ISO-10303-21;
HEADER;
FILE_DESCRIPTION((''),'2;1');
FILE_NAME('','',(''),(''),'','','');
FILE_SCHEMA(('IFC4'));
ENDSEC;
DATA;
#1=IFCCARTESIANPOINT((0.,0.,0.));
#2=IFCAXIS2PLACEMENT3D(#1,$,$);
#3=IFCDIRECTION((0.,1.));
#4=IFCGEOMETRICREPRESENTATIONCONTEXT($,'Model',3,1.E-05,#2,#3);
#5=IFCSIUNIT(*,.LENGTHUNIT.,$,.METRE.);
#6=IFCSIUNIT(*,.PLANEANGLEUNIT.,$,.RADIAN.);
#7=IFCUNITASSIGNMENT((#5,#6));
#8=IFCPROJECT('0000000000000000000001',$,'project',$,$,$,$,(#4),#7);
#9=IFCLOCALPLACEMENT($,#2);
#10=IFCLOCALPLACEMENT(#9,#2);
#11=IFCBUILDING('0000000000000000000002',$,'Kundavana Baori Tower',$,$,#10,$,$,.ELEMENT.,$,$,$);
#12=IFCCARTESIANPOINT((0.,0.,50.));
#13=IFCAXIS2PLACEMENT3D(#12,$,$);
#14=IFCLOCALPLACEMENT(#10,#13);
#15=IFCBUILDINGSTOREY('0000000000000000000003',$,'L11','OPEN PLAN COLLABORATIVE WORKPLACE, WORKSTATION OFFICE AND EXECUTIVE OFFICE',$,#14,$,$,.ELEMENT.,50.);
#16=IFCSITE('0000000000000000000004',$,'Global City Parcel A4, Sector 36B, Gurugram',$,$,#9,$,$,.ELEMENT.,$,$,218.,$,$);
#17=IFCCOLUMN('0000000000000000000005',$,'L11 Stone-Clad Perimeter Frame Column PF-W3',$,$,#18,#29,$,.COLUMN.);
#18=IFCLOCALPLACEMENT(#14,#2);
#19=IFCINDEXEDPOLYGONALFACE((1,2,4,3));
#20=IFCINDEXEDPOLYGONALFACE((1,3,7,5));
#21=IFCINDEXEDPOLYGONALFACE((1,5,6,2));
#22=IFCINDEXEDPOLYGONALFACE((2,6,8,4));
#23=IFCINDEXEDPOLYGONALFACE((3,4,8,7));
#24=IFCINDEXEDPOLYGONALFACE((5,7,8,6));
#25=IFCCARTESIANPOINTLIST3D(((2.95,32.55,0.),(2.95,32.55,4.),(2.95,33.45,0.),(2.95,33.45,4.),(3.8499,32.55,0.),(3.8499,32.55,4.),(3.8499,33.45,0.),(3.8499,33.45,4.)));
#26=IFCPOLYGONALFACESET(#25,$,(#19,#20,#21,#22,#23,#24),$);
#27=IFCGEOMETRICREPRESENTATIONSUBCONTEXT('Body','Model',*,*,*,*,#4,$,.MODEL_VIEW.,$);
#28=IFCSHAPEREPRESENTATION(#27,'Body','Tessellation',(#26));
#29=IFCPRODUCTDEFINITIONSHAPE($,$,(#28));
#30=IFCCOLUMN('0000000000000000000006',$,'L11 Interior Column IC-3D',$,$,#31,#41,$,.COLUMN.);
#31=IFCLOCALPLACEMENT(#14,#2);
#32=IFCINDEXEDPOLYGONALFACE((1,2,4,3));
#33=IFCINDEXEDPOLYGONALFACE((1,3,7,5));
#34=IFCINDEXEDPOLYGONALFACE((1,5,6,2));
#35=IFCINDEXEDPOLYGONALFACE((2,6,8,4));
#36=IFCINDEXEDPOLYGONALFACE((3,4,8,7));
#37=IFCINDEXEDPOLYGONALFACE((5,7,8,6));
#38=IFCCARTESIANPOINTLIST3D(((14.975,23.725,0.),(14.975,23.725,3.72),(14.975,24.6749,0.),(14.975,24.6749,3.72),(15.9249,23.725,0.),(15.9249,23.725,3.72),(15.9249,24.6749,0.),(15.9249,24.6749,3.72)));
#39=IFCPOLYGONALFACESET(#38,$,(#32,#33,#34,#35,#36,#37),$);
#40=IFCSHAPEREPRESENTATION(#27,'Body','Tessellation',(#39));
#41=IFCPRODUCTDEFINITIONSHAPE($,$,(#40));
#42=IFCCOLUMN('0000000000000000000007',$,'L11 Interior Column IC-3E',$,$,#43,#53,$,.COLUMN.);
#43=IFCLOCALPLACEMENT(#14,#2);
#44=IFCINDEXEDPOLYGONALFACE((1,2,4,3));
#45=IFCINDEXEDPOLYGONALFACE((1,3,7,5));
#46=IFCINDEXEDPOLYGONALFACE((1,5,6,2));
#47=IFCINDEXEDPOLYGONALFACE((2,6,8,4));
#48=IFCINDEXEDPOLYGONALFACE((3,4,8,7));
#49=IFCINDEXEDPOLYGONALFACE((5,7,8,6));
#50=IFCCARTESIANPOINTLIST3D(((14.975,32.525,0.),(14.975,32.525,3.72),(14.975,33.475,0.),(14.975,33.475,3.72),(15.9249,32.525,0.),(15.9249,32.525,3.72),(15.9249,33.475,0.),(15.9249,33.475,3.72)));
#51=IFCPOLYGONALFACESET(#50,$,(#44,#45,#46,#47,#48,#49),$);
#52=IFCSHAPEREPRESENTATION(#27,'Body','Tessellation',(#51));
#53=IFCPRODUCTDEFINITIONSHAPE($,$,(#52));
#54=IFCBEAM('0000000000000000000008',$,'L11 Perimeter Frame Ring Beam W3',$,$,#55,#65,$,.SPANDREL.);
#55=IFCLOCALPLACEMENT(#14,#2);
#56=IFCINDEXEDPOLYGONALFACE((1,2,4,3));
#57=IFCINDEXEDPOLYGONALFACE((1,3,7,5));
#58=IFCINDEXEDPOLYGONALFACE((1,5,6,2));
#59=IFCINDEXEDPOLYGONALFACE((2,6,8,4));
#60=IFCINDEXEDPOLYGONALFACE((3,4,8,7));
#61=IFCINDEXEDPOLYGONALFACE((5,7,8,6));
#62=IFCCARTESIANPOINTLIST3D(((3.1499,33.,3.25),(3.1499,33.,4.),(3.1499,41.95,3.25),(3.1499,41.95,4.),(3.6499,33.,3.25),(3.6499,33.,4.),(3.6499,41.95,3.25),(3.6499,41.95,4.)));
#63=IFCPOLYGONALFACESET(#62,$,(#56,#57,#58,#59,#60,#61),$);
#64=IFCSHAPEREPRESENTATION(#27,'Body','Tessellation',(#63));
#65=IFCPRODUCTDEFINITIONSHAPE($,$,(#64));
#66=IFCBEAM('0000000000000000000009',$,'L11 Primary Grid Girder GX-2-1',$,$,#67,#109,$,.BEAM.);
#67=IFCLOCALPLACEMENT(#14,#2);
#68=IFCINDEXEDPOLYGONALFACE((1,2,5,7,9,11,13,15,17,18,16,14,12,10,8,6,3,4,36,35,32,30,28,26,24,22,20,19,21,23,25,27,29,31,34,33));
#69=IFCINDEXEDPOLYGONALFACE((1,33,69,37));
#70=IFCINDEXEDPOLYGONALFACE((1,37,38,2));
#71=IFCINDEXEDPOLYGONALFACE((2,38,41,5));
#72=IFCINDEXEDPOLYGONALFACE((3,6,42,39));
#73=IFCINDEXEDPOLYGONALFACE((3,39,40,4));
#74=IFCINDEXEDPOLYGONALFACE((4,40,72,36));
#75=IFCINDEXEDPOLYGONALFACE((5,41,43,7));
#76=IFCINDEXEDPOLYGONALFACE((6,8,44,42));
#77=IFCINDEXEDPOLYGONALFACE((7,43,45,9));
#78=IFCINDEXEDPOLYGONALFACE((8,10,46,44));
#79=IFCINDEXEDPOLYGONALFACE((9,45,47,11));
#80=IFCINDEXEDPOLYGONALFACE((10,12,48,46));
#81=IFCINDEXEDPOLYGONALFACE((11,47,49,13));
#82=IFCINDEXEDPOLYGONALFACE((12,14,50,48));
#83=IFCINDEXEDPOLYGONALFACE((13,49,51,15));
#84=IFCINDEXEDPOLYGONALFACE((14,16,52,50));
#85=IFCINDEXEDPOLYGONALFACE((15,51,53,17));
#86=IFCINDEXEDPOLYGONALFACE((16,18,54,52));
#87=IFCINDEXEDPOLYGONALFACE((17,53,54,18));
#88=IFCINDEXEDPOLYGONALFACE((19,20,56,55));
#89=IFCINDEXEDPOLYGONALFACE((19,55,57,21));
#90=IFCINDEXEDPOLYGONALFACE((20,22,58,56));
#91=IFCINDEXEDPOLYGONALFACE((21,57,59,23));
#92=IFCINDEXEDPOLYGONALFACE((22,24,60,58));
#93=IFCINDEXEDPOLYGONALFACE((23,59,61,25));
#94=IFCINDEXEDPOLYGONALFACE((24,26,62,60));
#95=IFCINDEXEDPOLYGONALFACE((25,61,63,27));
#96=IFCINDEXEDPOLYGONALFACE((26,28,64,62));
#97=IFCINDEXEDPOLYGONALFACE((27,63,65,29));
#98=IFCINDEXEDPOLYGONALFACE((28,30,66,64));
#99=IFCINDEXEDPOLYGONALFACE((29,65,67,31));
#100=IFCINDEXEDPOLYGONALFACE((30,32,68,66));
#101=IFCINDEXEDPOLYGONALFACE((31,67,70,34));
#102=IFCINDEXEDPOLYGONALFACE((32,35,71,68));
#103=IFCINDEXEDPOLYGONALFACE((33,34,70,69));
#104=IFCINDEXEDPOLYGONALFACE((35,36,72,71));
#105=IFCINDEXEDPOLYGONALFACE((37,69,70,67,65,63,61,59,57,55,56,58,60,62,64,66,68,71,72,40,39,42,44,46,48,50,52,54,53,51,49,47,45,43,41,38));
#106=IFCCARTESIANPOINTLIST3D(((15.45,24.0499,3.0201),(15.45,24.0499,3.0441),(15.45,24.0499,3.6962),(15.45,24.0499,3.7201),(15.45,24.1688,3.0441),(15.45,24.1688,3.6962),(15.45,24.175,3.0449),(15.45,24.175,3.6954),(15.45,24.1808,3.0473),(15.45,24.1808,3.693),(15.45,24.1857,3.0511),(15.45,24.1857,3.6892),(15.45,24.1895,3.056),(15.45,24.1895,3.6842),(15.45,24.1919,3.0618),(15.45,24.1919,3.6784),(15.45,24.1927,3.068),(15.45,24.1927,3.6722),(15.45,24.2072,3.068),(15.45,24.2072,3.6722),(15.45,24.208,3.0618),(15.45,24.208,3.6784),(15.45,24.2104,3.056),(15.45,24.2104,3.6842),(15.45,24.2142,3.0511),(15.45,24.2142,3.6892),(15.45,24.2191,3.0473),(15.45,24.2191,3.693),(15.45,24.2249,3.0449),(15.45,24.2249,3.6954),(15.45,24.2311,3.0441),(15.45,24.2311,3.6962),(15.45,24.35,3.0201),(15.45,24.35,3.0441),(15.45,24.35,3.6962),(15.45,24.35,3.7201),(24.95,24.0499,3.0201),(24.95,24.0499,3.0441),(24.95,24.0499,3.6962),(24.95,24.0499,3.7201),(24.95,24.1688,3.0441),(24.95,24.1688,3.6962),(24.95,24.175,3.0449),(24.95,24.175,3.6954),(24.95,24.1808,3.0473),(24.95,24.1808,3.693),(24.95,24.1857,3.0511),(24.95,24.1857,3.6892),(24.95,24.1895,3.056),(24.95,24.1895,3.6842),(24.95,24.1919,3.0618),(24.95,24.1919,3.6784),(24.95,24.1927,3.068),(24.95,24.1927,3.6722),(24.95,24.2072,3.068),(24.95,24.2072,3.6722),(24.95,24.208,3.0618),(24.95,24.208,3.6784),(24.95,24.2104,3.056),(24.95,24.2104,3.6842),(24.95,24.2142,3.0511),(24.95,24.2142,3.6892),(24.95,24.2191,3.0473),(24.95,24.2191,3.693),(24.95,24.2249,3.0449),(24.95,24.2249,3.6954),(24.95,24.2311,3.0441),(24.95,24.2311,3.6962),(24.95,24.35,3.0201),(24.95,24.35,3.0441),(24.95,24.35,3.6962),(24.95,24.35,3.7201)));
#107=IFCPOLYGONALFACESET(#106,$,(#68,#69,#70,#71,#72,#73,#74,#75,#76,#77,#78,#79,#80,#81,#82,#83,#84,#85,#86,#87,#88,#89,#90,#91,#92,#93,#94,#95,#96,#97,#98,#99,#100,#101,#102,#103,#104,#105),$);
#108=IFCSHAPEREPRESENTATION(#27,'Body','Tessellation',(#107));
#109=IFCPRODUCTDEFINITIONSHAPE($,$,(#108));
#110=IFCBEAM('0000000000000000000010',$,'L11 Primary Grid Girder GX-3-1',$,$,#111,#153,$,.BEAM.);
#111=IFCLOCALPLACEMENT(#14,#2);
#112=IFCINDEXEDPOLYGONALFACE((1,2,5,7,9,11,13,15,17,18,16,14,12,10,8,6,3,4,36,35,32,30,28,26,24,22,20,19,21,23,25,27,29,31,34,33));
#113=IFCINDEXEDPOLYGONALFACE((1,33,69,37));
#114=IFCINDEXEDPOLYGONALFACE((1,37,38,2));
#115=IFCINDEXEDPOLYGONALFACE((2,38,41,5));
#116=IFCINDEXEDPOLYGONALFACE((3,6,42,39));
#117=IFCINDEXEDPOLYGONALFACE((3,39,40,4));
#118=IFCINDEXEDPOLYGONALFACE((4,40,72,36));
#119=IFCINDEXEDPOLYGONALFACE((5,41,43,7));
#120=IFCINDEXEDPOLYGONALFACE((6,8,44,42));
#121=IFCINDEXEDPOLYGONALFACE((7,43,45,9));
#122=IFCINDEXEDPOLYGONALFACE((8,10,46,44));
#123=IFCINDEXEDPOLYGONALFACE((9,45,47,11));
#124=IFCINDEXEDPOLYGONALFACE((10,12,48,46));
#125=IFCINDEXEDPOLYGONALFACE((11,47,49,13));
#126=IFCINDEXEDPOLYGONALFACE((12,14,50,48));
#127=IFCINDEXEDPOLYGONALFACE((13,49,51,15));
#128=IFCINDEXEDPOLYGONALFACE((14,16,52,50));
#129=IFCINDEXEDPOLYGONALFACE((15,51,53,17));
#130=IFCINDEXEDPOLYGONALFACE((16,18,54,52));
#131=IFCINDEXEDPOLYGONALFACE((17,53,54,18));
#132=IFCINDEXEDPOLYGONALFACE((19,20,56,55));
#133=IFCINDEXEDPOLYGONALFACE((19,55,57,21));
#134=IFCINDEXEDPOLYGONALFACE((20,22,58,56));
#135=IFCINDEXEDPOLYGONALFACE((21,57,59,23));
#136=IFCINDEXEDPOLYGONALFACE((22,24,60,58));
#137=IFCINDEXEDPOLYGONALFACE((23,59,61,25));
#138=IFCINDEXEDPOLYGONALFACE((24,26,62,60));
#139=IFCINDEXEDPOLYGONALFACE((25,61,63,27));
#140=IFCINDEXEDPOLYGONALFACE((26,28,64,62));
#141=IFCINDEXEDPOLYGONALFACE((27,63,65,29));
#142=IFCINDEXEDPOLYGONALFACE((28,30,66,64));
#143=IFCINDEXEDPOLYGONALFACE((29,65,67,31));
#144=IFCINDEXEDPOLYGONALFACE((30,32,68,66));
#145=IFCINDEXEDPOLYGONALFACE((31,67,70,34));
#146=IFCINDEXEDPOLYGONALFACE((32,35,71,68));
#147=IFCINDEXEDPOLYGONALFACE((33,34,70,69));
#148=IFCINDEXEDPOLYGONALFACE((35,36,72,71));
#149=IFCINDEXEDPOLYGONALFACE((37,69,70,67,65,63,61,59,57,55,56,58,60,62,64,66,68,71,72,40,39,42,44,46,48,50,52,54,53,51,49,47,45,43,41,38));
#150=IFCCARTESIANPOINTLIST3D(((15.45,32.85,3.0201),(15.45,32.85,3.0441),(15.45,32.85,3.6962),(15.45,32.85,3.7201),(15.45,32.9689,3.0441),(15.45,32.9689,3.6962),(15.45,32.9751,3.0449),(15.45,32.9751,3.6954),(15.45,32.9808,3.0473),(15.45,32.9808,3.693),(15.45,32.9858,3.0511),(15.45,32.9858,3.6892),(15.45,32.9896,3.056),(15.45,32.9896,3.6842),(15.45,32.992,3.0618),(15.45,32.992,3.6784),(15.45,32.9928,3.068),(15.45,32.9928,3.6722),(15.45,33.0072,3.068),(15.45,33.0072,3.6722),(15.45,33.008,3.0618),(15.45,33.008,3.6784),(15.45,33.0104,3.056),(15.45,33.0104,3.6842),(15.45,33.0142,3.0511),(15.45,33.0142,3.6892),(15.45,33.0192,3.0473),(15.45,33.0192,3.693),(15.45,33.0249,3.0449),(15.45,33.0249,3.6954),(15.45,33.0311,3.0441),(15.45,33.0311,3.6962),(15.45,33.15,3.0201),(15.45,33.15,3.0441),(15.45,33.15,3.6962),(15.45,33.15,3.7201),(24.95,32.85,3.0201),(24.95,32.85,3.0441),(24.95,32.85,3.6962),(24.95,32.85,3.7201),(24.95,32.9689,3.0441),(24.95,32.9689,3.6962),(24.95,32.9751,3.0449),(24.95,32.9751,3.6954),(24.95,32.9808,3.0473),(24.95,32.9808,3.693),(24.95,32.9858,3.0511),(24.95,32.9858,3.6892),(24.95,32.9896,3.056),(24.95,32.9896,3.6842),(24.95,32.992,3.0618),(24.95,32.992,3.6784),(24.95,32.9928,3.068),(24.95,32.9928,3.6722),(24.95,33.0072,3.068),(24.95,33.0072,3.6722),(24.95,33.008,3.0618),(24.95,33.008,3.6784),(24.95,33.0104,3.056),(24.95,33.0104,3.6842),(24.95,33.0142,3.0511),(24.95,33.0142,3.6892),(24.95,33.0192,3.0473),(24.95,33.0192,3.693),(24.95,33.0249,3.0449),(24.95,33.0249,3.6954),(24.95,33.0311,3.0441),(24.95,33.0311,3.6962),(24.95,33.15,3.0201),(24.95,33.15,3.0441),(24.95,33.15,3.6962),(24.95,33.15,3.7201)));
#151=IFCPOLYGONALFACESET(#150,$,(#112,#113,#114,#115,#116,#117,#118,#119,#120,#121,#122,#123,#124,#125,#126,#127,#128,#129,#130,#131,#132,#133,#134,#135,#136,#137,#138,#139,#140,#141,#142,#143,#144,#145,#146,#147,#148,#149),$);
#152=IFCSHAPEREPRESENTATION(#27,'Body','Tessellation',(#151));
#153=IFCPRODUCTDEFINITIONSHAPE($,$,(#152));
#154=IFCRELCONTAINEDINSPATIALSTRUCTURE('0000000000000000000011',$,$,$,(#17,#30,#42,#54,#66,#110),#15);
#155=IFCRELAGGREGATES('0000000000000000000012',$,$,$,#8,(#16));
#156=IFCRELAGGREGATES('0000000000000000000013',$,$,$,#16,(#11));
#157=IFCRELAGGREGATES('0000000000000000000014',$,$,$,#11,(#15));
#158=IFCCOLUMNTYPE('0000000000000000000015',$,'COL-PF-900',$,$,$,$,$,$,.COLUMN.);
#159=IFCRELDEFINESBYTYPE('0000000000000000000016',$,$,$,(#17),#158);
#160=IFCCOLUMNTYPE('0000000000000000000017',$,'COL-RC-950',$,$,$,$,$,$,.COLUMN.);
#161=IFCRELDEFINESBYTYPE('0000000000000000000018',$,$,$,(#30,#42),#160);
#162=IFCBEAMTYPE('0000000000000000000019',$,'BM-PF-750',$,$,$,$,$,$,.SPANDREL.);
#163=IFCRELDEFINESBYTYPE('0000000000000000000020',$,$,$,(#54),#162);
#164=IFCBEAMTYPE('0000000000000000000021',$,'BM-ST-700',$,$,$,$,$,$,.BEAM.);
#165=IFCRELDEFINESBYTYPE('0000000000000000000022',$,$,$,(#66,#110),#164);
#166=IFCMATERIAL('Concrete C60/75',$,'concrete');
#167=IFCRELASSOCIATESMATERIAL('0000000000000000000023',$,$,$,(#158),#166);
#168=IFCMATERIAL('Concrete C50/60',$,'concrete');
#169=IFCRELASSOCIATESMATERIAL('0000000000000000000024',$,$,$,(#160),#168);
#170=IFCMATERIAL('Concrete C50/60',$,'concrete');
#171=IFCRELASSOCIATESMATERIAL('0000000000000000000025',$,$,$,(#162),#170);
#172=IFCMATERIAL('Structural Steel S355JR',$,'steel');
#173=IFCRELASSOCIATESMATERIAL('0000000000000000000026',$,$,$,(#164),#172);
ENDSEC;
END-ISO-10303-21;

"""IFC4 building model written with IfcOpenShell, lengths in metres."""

from ifc_helpers import new_model, si_unit, direction, frame, origin, origin_2d, place, context, subcontext, project, spatial, rectangle, i_section, extrude, material, material_profile, profile_set, type_object, element, save


model = new_model("IFC4")

# Units and contexts
model_context = context("Model", 3, precision=1e-05, world=origin(), true_north=direction((0.0, 1.0)))
body_context = subcontext(model_context, "Body", "Model", "MODEL_VIEW")
ifc_project = project(units=[si_unit("LENGTHUNIT", "METRE"), si_unit("PLANEANGLEUNIT", "RADIAN")], contexts=[model_context])

# Site, building, storey
site_placement = place(None, origin())
site = spatial("IfcSite", under=ifc_project, at=site_placement, Name="Global City Parcel A4, Sector 36B, Gurugram", CompositionType="ELEMENT", RefElevation=218.0)
building_placement = place(site_placement, origin())
building = spatial("IfcBuilding", under=site, at=building_placement, Name="Kundavana Baori Tower", CompositionType="ELEMENT")
storey_placement = place(building_placement, frame((0.0, 0.0, 50.0)))
storey = spatial("IfcBuildingStorey", under=building, at=storey_placement, Name="L11", Description="OPEN PLAN COLLABORATIVE WORKPLACE, WORKSTATION OFFICE AND EXECUTIVE OFFICE", CompositionType="ELEMENT", Elevation=50.0)

# Columns
ifc_material_1 = material(Name="Concrete C60/75", Category="concrete")
ifc_material_profile_1 = material_profile(ifc_material_1, rectangle(XDim=0.8999, YDim=0.8999, at=origin_2d()), Name="RC PF 900x900")
ifc_profile_set_1 = profile_set([ifc_material_profile_1], Name="Concrete C60/75")
column_type_1 = type_object("IfcColumnType", Name="COL-PF-900", PredefinedType="COLUMN", material=ifc_profile_set_1)
column_placement = place(storey_placement, frame((3.3999, 33.0, 0.0), z_axis=(0.0, 0.0, 1.0), x_axis=(1.0, 0.0, 0.0)))
element("IfcColumn", 1, at=column_placement, inside=storey, type_object=column_type_1, Name="L11 Stone-Clad Perimeter Frame Column PF-W3", PredefinedType="COLUMN", context=body_context, shape_type="SweptSolid", body=[
    extrude(rectangle(XDim=0.8999, YDim=0.8999, at=origin_2d()), origin(), (0.0, 0.0, 1.0), 4.0),
])
ifc_material_2 = material(Name="Concrete C50/60", Category="concrete")
ifc_material_profile_2 = material_profile(ifc_material_2, rectangle(XDim=0.95, YDim=0.95, at=origin_2d()), Name="RC 950x950")
ifc_profile_set_2 = profile_set([ifc_material_profile_2], Name="Concrete C50/60")
column_type_2 = type_object("IfcColumnType", Name="COL-RC-950", PredefinedType="COLUMN", material=ifc_profile_set_2)
for number, where, z_axis, x_axis, name in (
    (2, (15.45, 24.2, 0.0), (0.0, 0.0, 1.0), (1.0, 0.0, 0.0), "L11 Interior Column IC-3D"),
    (3, (15.45, 33.0, 0.0), (0.0, 0.0, 1.0), (1.0, 0.0, 0.0), "L11 Interior Column IC-3E"),
):
    element("IfcColumn", number, at=place(storey_placement, frame(where, z_axis=z_axis, x_axis=x_axis)), inside=storey, type_object=column_type_2, Name=name, PredefinedType="COLUMN", context=body_context, shape_type="SweptSolid", body=[
        extrude(rectangle(XDim=0.95, YDim=0.95, at=origin_2d()), origin(), (0.0, 0.0, 1.0), 3.72),
    ])

# Beams
ifc_material_3 = material(Name="Concrete C50/60", Category="concrete")
ifc_material_profile_3 = material_profile(ifc_material_3, rectangle(XDim=0.5, YDim=0.75, at=origin_2d()), Name="RC BM 500x750")
ifc_profile_set_3 = profile_set([ifc_material_profile_3], Name="Concrete C50/60")
beam_type_1 = type_object("IfcBeamType", Name="BM-PF-750", PredefinedType="SPANDREL", material=ifc_profile_set_3)
beam_placement = place(storey_placement, frame((3.3999, 33.0, 3.625), z_axis=(0.0, 1.0, 0.0), x_axis=(-1.0, 0.0, 0.0)))
element("IfcBeam", 4, at=beam_placement, inside=storey, type_object=beam_type_1, Name="L11 Perimeter Frame Ring Beam W3", PredefinedType="SPANDREL", context=body_context, shape_type="SweptSolid", body=[
    extrude(rectangle(XDim=0.5, YDim=0.75, at=origin_2d()), origin(), (0.0, 0.0, 1.0), 8.95),
])
ifc_material_4 = material(Name="Structural Steel S355JR", Category="steel")
ifc_material_profile_4 = material_profile(ifc_material_4, i_section(OverallWidth=0.3, OverallDepth=0.7, WebThickness=0.0144, FlangeThickness=0.0239, FilletRadius=0.0239, at=origin_2d()), Name="NPB 700x300x170")
ifc_profile_set_4 = profile_set([ifc_material_profile_4], Name="Structural Steel S355JR")
beam_type_2 = type_object("IfcBeamType", Name="BM-ST-700", PredefinedType="BEAM", material=ifc_profile_set_4)
for number, where, z_axis, x_axis, name in (
    (5, (15.45, 24.2, 3.3701), (1.0, 0.0, 0.0), (0.0, 1.0, 0.0), "L11 Primary Grid Girder GX-2-1"),
    (6, (15.45, 33.0, 3.3701), (1.0, 0.0, 0.0), (0.0, 1.0, 0.0), "L11 Primary Grid Girder GX-3-1"),
):
    element("IfcBeam", number, at=place(storey_placement, frame(where, z_axis=z_axis, x_axis=x_axis)), inside=storey, type_object=beam_type_2, Name=name, PredefinedType="BEAM", context=body_context, shape_type="SweptSolid", body=[
        extrude(i_section(OverallWidth=0.3, OverallDepth=0.7, WebThickness=0.0144, FlangeThickness=0.0239, FilletRadius=0.0239, at=origin_2d()), origin(), (0.0, 0.0, 1.0), 9.5),
    ])

save(model, "model.ifc")
